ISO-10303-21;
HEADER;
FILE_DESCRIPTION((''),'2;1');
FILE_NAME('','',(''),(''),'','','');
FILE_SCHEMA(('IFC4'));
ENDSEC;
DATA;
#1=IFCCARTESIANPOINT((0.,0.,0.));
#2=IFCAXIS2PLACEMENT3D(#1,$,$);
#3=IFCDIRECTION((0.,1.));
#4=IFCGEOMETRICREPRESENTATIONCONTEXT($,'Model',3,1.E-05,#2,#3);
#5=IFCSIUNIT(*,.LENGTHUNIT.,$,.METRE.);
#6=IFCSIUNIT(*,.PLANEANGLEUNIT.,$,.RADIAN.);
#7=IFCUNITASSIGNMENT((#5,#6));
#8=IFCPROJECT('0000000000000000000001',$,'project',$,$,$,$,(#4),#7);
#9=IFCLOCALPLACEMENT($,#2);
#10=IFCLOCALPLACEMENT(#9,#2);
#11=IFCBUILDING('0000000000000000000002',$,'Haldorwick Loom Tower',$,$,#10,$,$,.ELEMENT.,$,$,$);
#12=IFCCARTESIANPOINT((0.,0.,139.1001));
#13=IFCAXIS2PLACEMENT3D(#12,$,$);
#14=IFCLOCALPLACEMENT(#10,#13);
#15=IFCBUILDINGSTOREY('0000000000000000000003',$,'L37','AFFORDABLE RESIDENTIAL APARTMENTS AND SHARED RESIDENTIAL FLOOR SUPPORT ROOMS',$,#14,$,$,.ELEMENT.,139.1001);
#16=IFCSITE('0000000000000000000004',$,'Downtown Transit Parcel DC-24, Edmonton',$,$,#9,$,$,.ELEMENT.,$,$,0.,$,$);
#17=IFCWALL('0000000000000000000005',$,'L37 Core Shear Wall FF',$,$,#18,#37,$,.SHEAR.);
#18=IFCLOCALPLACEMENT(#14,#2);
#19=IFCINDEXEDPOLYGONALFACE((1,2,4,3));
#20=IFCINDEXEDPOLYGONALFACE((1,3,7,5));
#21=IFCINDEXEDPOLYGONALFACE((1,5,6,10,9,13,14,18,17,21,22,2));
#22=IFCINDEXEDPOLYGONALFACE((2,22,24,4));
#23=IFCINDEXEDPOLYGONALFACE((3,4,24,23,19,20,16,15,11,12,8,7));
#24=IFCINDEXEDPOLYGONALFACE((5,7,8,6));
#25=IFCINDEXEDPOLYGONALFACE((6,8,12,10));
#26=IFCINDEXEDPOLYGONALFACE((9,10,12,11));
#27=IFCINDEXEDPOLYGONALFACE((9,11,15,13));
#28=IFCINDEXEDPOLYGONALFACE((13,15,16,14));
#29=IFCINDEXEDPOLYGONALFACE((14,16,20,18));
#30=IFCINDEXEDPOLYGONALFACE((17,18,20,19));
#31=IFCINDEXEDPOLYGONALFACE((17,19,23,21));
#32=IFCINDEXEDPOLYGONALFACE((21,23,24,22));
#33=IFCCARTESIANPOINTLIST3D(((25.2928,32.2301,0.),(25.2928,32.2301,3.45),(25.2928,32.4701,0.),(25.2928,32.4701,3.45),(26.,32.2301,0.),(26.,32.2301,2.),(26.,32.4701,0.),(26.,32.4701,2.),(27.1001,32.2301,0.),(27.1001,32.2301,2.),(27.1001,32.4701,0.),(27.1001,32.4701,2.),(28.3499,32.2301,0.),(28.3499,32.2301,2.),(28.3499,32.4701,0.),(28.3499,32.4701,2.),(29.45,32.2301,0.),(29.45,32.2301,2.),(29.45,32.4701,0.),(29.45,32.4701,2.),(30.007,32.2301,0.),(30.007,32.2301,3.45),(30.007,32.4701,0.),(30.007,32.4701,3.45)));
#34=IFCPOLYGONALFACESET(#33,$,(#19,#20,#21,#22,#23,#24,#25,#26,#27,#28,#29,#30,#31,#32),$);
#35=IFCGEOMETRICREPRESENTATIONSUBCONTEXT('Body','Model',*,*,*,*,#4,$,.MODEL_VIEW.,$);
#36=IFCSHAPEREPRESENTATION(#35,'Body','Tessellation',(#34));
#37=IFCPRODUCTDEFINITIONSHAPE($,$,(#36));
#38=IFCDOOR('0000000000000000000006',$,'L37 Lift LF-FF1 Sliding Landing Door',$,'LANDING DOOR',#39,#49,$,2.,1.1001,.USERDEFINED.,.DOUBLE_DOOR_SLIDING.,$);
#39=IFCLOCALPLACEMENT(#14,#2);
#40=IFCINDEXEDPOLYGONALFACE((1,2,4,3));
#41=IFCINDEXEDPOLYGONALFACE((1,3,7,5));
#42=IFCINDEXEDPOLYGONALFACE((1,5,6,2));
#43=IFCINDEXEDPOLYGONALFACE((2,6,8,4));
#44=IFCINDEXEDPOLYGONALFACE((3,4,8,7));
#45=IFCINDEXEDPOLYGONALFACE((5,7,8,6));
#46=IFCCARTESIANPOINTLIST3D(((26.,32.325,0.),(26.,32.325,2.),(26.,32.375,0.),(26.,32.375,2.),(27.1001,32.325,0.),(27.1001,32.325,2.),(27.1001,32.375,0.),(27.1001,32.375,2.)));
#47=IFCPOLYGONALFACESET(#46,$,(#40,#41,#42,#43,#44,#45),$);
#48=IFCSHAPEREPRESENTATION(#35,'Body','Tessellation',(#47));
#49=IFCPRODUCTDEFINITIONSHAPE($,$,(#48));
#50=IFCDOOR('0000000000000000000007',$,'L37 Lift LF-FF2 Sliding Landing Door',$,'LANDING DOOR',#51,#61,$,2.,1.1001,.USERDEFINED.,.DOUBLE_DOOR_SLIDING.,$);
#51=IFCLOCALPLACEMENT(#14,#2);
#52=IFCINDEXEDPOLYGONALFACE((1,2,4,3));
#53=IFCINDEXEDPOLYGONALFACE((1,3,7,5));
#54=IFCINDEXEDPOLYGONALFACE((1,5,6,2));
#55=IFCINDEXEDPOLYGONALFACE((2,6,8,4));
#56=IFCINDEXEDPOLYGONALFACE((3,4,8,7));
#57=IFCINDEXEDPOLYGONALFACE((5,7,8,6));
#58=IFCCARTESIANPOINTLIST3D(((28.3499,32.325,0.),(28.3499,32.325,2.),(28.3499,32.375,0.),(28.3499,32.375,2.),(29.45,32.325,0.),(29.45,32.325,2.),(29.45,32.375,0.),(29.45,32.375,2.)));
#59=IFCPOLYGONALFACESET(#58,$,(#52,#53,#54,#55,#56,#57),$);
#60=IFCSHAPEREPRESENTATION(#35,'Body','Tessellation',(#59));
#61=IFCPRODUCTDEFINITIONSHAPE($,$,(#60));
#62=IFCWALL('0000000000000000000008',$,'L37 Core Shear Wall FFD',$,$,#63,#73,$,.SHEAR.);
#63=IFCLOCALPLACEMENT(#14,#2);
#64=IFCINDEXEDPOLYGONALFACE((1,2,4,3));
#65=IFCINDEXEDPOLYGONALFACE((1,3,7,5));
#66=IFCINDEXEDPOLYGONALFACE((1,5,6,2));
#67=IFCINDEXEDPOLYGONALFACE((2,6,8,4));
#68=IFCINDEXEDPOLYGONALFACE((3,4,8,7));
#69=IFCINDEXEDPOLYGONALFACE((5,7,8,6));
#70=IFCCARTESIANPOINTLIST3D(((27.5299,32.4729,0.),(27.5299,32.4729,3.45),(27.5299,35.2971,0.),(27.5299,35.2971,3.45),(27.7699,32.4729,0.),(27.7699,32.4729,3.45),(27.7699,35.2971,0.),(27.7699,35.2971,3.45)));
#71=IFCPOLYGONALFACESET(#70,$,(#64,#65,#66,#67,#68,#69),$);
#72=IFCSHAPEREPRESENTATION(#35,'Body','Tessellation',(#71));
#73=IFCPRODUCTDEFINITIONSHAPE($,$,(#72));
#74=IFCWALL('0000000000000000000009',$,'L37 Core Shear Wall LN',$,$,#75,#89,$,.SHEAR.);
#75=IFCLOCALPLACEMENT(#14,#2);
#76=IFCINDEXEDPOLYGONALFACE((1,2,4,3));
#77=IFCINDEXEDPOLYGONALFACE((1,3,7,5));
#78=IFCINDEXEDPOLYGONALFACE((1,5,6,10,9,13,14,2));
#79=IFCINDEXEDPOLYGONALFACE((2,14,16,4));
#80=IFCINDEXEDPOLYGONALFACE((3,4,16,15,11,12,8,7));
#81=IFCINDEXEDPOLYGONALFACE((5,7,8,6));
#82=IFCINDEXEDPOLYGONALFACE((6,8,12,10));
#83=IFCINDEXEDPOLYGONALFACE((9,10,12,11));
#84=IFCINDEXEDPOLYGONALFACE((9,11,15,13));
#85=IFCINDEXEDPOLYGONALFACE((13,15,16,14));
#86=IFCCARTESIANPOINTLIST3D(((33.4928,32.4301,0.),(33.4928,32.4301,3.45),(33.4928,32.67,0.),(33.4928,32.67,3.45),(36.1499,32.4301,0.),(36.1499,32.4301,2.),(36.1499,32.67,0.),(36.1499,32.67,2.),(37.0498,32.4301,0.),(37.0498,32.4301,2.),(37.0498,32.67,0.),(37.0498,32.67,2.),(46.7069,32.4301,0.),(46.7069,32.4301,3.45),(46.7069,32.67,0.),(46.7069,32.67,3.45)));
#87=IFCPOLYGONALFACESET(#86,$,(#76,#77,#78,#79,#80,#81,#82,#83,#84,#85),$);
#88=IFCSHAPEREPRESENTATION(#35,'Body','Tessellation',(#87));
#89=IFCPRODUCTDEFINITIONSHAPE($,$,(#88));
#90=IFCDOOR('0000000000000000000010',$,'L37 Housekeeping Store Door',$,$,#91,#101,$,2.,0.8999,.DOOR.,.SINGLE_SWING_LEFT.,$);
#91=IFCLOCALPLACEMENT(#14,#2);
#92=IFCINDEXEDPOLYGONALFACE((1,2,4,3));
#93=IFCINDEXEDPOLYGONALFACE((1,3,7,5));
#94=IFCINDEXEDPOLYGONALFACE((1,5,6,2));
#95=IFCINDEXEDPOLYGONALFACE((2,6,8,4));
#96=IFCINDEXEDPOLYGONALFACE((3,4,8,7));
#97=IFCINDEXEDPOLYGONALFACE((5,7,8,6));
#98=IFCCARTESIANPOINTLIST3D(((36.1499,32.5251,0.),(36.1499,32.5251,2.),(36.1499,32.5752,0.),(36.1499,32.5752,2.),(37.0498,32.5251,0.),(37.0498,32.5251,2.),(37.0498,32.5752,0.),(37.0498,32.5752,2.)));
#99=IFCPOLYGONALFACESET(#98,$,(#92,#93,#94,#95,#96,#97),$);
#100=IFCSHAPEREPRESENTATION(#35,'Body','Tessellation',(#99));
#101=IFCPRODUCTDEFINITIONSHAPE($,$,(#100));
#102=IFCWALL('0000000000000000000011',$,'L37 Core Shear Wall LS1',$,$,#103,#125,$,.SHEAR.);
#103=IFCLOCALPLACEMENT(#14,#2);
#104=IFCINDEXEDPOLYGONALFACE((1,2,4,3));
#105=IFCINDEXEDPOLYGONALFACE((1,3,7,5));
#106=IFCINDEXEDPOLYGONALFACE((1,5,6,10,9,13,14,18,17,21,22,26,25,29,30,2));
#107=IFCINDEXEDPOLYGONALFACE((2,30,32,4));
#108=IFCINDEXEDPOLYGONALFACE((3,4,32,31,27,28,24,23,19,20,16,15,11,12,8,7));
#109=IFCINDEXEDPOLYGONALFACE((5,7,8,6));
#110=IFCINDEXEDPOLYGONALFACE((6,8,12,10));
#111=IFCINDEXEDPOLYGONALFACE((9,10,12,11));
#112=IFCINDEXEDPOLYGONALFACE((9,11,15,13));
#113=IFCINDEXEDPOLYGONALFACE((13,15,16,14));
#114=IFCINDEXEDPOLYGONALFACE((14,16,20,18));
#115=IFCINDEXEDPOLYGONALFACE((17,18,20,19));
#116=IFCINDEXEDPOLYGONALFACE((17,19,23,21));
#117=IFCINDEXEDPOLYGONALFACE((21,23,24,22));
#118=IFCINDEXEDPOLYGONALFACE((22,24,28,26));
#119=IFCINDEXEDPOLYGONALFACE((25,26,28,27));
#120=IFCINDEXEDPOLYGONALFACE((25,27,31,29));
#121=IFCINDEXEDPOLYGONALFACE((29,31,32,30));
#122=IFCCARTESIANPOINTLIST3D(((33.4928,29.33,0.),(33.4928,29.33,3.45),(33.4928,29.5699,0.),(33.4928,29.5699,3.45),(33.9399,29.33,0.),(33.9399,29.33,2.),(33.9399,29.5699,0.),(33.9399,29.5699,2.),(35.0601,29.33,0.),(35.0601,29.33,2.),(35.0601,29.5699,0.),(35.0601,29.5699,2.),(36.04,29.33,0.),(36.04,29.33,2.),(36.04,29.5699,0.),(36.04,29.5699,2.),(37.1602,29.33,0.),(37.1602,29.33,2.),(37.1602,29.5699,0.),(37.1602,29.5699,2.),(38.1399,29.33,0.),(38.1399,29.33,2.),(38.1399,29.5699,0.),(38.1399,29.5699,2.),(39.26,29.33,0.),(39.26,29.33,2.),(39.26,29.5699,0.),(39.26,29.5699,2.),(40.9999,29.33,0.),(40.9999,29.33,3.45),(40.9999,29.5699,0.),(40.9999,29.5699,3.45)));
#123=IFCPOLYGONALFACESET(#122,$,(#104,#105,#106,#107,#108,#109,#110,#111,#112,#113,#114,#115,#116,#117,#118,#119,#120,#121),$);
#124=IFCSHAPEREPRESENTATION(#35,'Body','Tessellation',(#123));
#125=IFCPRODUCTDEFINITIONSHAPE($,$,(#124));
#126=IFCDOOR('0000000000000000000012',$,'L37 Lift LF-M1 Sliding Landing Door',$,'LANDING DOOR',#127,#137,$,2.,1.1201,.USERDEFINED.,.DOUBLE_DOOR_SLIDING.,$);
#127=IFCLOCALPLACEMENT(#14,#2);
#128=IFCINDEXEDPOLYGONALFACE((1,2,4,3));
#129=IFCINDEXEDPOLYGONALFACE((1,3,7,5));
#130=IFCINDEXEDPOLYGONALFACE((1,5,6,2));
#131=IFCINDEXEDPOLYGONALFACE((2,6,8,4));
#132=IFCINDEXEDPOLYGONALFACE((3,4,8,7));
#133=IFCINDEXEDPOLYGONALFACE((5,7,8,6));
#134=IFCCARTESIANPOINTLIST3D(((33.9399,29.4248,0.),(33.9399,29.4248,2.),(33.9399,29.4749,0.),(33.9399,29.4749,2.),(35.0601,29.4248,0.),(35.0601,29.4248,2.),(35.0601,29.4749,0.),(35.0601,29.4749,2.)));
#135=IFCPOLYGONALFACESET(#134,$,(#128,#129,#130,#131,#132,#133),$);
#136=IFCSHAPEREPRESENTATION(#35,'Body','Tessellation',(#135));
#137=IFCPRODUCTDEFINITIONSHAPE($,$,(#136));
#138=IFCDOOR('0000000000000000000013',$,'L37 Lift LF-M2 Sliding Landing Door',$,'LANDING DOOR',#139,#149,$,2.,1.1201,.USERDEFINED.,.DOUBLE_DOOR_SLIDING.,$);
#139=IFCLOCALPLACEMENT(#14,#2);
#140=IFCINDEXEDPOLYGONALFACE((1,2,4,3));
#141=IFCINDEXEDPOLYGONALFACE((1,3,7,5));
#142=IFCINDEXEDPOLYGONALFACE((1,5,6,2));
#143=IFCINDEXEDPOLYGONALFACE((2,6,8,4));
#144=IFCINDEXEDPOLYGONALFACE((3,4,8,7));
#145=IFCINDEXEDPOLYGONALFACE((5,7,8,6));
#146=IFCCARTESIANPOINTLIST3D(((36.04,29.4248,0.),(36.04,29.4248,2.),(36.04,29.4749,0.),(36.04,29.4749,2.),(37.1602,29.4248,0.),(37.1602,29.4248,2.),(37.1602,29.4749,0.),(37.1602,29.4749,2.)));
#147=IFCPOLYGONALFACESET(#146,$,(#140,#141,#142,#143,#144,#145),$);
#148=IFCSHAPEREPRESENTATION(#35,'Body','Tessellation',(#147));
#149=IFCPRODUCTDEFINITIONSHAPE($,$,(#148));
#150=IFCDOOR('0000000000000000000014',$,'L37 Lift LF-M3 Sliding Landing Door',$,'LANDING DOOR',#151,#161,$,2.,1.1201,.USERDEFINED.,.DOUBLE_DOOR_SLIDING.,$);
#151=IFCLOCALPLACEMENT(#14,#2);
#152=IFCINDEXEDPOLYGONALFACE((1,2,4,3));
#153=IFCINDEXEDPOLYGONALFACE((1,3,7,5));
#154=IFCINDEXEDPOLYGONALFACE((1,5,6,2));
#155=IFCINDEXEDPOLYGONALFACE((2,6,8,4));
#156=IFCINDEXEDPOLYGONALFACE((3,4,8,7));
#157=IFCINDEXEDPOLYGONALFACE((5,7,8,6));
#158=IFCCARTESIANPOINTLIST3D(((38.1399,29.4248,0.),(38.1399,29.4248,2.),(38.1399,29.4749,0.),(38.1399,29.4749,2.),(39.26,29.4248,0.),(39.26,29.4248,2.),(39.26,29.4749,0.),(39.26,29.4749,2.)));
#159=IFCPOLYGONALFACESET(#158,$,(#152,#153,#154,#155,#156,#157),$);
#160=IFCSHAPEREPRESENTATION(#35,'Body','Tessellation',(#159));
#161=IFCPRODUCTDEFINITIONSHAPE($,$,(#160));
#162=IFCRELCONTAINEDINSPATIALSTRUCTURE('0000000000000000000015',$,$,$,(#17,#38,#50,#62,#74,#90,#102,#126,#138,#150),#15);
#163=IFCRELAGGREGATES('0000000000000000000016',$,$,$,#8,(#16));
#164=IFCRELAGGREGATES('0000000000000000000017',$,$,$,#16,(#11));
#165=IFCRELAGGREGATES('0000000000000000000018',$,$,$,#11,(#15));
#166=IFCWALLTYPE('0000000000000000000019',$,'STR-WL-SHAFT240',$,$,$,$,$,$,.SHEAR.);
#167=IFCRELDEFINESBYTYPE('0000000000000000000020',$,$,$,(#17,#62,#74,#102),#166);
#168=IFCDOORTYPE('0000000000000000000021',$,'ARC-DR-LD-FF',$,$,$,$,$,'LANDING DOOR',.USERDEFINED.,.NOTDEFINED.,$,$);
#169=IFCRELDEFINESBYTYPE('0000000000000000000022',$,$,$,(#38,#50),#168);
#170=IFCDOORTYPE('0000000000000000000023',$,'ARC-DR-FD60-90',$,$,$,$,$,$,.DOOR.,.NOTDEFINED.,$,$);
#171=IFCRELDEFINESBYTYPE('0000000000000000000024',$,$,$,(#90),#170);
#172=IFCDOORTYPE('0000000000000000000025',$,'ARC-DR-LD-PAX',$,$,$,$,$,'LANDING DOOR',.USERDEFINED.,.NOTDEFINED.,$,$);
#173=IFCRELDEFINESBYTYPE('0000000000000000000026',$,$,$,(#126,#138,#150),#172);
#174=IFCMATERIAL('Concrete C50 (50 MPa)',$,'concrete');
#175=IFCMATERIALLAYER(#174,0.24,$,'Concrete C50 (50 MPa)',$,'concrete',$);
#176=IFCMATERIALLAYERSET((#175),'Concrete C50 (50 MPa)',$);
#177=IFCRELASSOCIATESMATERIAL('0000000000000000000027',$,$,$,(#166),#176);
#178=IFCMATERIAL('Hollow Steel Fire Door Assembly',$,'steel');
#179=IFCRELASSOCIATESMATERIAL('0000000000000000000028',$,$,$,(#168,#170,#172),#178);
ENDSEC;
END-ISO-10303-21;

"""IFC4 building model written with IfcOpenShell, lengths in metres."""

from ifc_helpers import new_model, si_unit, direction, frame, frame_2d, origin, place, context, subcontext, project, spatial, rectangle, extrude, material, layer, layer_set, type_object, element, fill, save


model = new_model("IFC4")

# Units and contexts
model_context = context("Model", 3, precision=1e-05, world=origin(), true_north=direction((0.0, 1.0)))
body_context = subcontext(model_context, "Body", "Model", "MODEL_VIEW")
ifc_project = project(units=[si_unit("LENGTHUNIT", "METRE"), si_unit("PLANEANGLEUNIT", "RADIAN")], contexts=[model_context])

# Site, building, storey
site_placement = place(None, origin())
site = spatial("IfcSite", under=ifc_project, at=site_placement, Name="Downtown Transit Parcel DC-24, Edmonton", CompositionType="ELEMENT", RefElevation=0.0)
building_placement = place(site_placement, origin())
building = spatial("IfcBuilding", under=site, at=building_placement, Name="Haldorwick Loom Tower", CompositionType="ELEMENT")
storey_placement = place(building_placement, frame((0.0, 0.0, 139.1001)))
storey = spatial("IfcBuildingStorey", under=building, at=storey_placement, Name="L37", Description="AFFORDABLE RESIDENTIAL APARTMENTS AND SHARED RESIDENTIAL FLOOR SUPPORT ROOMS", CompositionType="ELEMENT", Elevation=139.1001)

# Shared definitions
ifc_material_1 = material(Name="Concrete C50 (50 MPa)", Category="concrete")
ifc_layer_1 = layer(ifc_material_1, 0.24, Name="Concrete C50 (50 MPa)", Category="concrete")
ifc_layer_set_1 = layer_set([ifc_layer_1], Name="Concrete C50 (50 MPa)")
wall_type_1 = type_object("IfcWallType", Name="STR-WL-SHAFT240", PredefinedType="SHEAR", material=ifc_layer_set_1)

# Wall, openings, doors
wall_1_placement = place(storey_placement, frame((25.293, 32.3501, 0.0), z_axis=(0.0, 0.0, 1.0), x_axis=(1.0, 0.0, 0.0)))
wall_1 = element("IfcWall", 1, at=wall_1_placement, inside=storey, type_object=wall_type_1, Name="L37 Core Shear Wall FF", PredefinedType="SHEAR", context=body_context, shape_type="SweptSolid", body=[
    extrude(rectangle(XDim=4.7141, YDim=0.24, at=frame_2d((2.3569, 0.0))), origin(), (0.0, 0.0, 1.0), 3.45),
])
opening_1_placement = place(wall_1_placement, frame((0.707, 0.0, 0.0)))
opening_1 = element("IfcOpeningElement", 2, at=opening_1_placement, cuts=wall_1, PredefinedType="OPENING", context=body_context, shape_type="SweptSolid", body=[
    extrude(rectangle(XDim=1.1001, YDim=2.0, at=frame_2d((0.55, 1.0))), frame((0.0, 0.1299, 0.0), z_axis=(0.0, -1.0, 0.0), x_axis=(1.0, 0.0, 0.0)), (0.0, 0.0, 1.0), 0.26),
])
opening_2_placement = place(wall_1_placement, frame((3.0569, 0.0, 0.0)))
opening_2 = element("IfcOpeningElement", 3, at=opening_2_placement, cuts=wall_1, PredefinedType="OPENING", context=body_context, shape_type="SweptSolid", body=[
    extrude(rectangle(XDim=1.1001, YDim=2.0, at=frame_2d((0.55, 1.0))), frame((0.0, 0.1299, 0.0), z_axis=(0.0, -1.0, 0.0), x_axis=(1.0, 0.0, 0.0)), (0.0, 0.0, 1.0), 0.26),
])
ifc_material_2 = material(Name="Hollow Steel Fire Door Assembly", Category="steel")
door_type_1 = type_object("IfcDoorType", Name="ARC-DR-LD-FF", ElementType="LANDING DOOR", OperationType="NOTDEFINED", PredefinedType="USERDEFINED", material=ifc_material_2)
door_1_placement = place(opening_1_placement, origin())
door_1 = element("IfcDoor", 4, at=door_1_placement, inside=storey, type_object=door_type_1, Name="L37 Lift LF-FF1 Sliding Landing Door", ObjectType="LANDING DOOR", OperationType="DOUBLE_DOOR_SLIDING", OverallHeight=2.0, OverallWidth=1.1001, PredefinedType="USERDEFINED", context=body_context, shape_type="SweptSolid", body=[
    extrude(rectangle(XDim=1.1001, YDim=2.0, at=frame_2d((0.55, 1.0))), frame((0.0, 0.0249, 0.0), z_axis=(0.0, -1.0, 0.0), x_axis=(1.0, 0.0, 0.0)), (0.0, 0.0, 1.0), 0.05),
])
fill(opening_1, door_1)
door_2_placement = place(opening_2_placement, origin())
door_2 = element("IfcDoor", 5, at=door_2_placement, inside=storey, type_object=door_type_1, Name="L37 Lift LF-FF2 Sliding Landing Door", ObjectType="LANDING DOOR", OperationType="DOUBLE_DOOR_SLIDING", OverallHeight=2.0, OverallWidth=1.1001, PredefinedType="USERDEFINED", context=body_context, shape_type="SweptSolid", body=[
    extrude(rectangle(XDim=1.1001, YDim=2.0, at=frame_2d((0.55, 1.0))), frame((0.0, 0.0249, 0.0), z_axis=(0.0, -1.0, 0.0), x_axis=(1.0, 0.0, 0.0)), (0.0, 0.0, 1.0), 0.05),
])
fill(opening_2, door_2)

# Wall
wall_2_placement = place(storey_placement, frame((27.6499, 32.4729, 0.0), z_axis=(0.0, 0.0, 1.0), x_axis=(0.0, 1.0, 0.0)))
element("IfcWall", 6, at=wall_2_placement, inside=storey, type_object=wall_type_1, Name="L37 Core Shear Wall FFD", PredefinedType="SHEAR", context=body_context, shape_type="SweptSolid", body=[
    extrude(rectangle(XDim=2.8242, YDim=0.24, at=frame_2d((1.4121, 0.0))), origin(), (0.0, 0.0, 1.0), 3.45),
])

# Wall, opening, door
wall_3_placement = place(storey_placement, frame((33.4929, 32.55, 0.0), z_axis=(0.0, 0.0, 1.0), x_axis=(1.0, 0.0, 0.0)))
wall_3 = element("IfcWall", 7, at=wall_3_placement, inside=storey, type_object=wall_type_1, Name="L37 Core Shear Wall LN", PredefinedType="SHEAR", context=body_context, shape_type="SweptSolid", body=[
    extrude(rectangle(XDim=13.2141, YDim=0.24, at=frame_2d((6.6069, 0.0))), origin(), (0.0, 0.0, 1.0), 3.45),
])
opening_3_placement = place(wall_3_placement, frame((2.657, 0.0, 0.0)))
opening_3 = element("IfcOpeningElement", 8, at=opening_3_placement, cuts=wall_3, PredefinedType="OPENING", context=body_context, shape_type="SweptSolid", body=[
    extrude(rectangle(XDim=0.8999, YDim=2.0, at=frame_2d((0.45, 1.0))), frame((0.0, 0.1299, 0.0), z_axis=(0.0, -1.0, 0.0), x_axis=(1.0, 0.0, 0.0)), (0.0, 0.0, 1.0), 0.26),
])
door_type_2 = type_object("IfcDoorType", Name="ARC-DR-FD60-90", OperationType="NOTDEFINED", PredefinedType="DOOR", material=ifc_material_2)
door_3_placement = place(opening_3_placement, frame((0.8999, 0.0, 0.0), z_axis=(0.0, 0.0, 1.0), x_axis=(-1.0, 0.0, 0.0)))
door_3 = element("IfcDoor", 9, at=door_3_placement, inside=storey, type_object=door_type_2, Name="L37 Housekeeping Store Door", OperationType="SINGLE_SWING_LEFT", OverallHeight=2.0, OverallWidth=0.8999, PredefinedType="DOOR", context=body_context, shape_type="SweptSolid", body=[
    extrude(rectangle(XDim=0.8999, YDim=2.0, at=frame_2d((0.45, 1.0))), frame((0.0, 0.0249, 0.0), z_axis=(0.0, -1.0, 0.0), x_axis=(1.0, 0.0, 0.0)), (0.0, 0.0, 1.0), 0.05),
])
fill(opening_3, door_3)

# Wall, openings, doors
wall_4_placement = place(storey_placement, frame((33.4929, 29.45, 0.0), z_axis=(0.0, 0.0, 1.0), x_axis=(1.0, 0.0, 0.0)))
wall_4 = element("IfcWall", 10, at=wall_4_placement, inside=storey, type_object=wall_type_1, Name="L37 Core Shear Wall LS1", PredefinedType="SHEAR", context=body_context, shape_type="SweptSolid", body=[
    extrude(rectangle(XDim=7.5071, YDim=0.24, at=frame_2d((3.7534, 0.0))), origin(), (0.0, 0.0, 1.0), 3.45),
])
opening_4_placement = place(wall_4_placement, frame((0.447, 0.0, 0.0)))
opening_4 = element("IfcOpeningElement", 11, at=opening_4_placement, cuts=wall_4, PredefinedType="OPENING", context=body_context, shape_type="SweptSolid", body=[
    extrude(rectangle(XDim=1.1201, YDim=2.0, at=frame_2d((0.5601, 1.0))), frame((0.0, 0.1299, 0.0), z_axis=(0.0, -1.0, 0.0), x_axis=(1.0, 0.0, 0.0)), (0.0, 0.0, 1.0), 0.26),
])
opening_5_placement = place(wall_4_placement, frame((2.5471, 0.0, 0.0)))
opening_5 = element("IfcOpeningElement", 12, at=opening_5_placement, cuts=wall_4, PredefinedType="OPENING", context=body_context, shape_type="SweptSolid", body=[
    extrude(rectangle(XDim=1.1201, YDim=2.0, at=frame_2d((0.5601, 1.0))), frame((0.0, 0.1299, 0.0), z_axis=(0.0, -1.0, 0.0), x_axis=(1.0, 0.0, 0.0)), (0.0, 0.0, 1.0), 0.26),
])
opening_6_placement = place(wall_4_placement, frame((4.647, 0.0, 0.0)))
opening_6 = element("IfcOpeningElement", 13, at=opening_6_placement, cuts=wall_4, PredefinedType="OPENING", context=body_context, shape_type="SweptSolid", body=[
    extrude(rectangle(XDim=1.1201, YDim=2.0, at=frame_2d((0.5601, 1.0))), frame((0.0, 0.1299, 0.0), z_axis=(0.0, -1.0, 0.0), x_axis=(1.0, 0.0, 0.0)), (0.0, 0.0, 1.0), 0.26),
])
door_type_3 = type_object("IfcDoorType", Name="ARC-DR-LD-PAX", ElementType="LANDING DOOR", OperationType="NOTDEFINED", PredefinedType="USERDEFINED", material=ifc_material_2)
door_4_placement = place(opening_4_placement, origin())
door_4 = element("IfcDoor", 14, at=door_4_placement, inside=storey, type_object=door_type_3, Name="L37 Lift LF-M1 Sliding Landing Door", ObjectType="LANDING DOOR", OperationType="DOUBLE_DOOR_SLIDING", OverallHeight=2.0, OverallWidth=1.1201, PredefinedType="USERDEFINED", context=body_context, shape_type="SweptSolid", body=[
    extrude(rectangle(XDim=1.1201, YDim=2.0, at=frame_2d((0.5601, 1.0))), frame((0.0, 0.0249, 0.0), z_axis=(0.0, -1.0, 0.0), x_axis=(1.0, 0.0, 0.0)), (0.0, 0.0, 1.0), 0.05),
])
fill(opening_4, door_4)
door_5_placement = place(opening_5_placement, origin())
door_5 = element("IfcDoor", 15, at=door_5_placement, inside=storey, type_object=door_type_3, Name="L37 Lift LF-M2 Sliding Landing Door", ObjectType="LANDING DOOR", OperationType="DOUBLE_DOOR_SLIDING", OverallHeight=2.0, OverallWidth=1.1201, PredefinedType="USERDEFINED", context=body_context, shape_type="SweptSolid", body=[
    extrude(rectangle(XDim=1.1201, YDim=2.0, at=frame_2d((0.5601, 1.0))), frame((0.0, 0.0249, 0.0), z_axis=(0.0, -1.0, 0.0), x_axis=(1.0, 0.0, 0.0)), (0.0, 0.0, 1.0), 0.05),
])
fill(opening_5, door_5)
door_6_placement = place(opening_6_placement, origin())
door_6 = element("IfcDoor", 16, at=door_6_placement, inside=storey, type_object=door_type_3, Name="L37 Lift LF-M3 Sliding Landing Door", ObjectType="LANDING DOOR", OperationType="DOUBLE_DOOR_SLIDING", OverallHeight=2.0, OverallWidth=1.1201, PredefinedType="USERDEFINED", context=body_context, shape_type="SweptSolid", body=[
    extrude(rectangle(XDim=1.1201, YDim=2.0, at=frame_2d((0.5601, 1.0))), frame((0.0, 0.0249, 0.0), z_axis=(0.0, -1.0, 0.0), x_axis=(1.0, 0.0, 0.0)), (0.0, 0.0, 1.0), 0.05),
])
fill(opening_6, door_6)

save(model, "model.ifc")
